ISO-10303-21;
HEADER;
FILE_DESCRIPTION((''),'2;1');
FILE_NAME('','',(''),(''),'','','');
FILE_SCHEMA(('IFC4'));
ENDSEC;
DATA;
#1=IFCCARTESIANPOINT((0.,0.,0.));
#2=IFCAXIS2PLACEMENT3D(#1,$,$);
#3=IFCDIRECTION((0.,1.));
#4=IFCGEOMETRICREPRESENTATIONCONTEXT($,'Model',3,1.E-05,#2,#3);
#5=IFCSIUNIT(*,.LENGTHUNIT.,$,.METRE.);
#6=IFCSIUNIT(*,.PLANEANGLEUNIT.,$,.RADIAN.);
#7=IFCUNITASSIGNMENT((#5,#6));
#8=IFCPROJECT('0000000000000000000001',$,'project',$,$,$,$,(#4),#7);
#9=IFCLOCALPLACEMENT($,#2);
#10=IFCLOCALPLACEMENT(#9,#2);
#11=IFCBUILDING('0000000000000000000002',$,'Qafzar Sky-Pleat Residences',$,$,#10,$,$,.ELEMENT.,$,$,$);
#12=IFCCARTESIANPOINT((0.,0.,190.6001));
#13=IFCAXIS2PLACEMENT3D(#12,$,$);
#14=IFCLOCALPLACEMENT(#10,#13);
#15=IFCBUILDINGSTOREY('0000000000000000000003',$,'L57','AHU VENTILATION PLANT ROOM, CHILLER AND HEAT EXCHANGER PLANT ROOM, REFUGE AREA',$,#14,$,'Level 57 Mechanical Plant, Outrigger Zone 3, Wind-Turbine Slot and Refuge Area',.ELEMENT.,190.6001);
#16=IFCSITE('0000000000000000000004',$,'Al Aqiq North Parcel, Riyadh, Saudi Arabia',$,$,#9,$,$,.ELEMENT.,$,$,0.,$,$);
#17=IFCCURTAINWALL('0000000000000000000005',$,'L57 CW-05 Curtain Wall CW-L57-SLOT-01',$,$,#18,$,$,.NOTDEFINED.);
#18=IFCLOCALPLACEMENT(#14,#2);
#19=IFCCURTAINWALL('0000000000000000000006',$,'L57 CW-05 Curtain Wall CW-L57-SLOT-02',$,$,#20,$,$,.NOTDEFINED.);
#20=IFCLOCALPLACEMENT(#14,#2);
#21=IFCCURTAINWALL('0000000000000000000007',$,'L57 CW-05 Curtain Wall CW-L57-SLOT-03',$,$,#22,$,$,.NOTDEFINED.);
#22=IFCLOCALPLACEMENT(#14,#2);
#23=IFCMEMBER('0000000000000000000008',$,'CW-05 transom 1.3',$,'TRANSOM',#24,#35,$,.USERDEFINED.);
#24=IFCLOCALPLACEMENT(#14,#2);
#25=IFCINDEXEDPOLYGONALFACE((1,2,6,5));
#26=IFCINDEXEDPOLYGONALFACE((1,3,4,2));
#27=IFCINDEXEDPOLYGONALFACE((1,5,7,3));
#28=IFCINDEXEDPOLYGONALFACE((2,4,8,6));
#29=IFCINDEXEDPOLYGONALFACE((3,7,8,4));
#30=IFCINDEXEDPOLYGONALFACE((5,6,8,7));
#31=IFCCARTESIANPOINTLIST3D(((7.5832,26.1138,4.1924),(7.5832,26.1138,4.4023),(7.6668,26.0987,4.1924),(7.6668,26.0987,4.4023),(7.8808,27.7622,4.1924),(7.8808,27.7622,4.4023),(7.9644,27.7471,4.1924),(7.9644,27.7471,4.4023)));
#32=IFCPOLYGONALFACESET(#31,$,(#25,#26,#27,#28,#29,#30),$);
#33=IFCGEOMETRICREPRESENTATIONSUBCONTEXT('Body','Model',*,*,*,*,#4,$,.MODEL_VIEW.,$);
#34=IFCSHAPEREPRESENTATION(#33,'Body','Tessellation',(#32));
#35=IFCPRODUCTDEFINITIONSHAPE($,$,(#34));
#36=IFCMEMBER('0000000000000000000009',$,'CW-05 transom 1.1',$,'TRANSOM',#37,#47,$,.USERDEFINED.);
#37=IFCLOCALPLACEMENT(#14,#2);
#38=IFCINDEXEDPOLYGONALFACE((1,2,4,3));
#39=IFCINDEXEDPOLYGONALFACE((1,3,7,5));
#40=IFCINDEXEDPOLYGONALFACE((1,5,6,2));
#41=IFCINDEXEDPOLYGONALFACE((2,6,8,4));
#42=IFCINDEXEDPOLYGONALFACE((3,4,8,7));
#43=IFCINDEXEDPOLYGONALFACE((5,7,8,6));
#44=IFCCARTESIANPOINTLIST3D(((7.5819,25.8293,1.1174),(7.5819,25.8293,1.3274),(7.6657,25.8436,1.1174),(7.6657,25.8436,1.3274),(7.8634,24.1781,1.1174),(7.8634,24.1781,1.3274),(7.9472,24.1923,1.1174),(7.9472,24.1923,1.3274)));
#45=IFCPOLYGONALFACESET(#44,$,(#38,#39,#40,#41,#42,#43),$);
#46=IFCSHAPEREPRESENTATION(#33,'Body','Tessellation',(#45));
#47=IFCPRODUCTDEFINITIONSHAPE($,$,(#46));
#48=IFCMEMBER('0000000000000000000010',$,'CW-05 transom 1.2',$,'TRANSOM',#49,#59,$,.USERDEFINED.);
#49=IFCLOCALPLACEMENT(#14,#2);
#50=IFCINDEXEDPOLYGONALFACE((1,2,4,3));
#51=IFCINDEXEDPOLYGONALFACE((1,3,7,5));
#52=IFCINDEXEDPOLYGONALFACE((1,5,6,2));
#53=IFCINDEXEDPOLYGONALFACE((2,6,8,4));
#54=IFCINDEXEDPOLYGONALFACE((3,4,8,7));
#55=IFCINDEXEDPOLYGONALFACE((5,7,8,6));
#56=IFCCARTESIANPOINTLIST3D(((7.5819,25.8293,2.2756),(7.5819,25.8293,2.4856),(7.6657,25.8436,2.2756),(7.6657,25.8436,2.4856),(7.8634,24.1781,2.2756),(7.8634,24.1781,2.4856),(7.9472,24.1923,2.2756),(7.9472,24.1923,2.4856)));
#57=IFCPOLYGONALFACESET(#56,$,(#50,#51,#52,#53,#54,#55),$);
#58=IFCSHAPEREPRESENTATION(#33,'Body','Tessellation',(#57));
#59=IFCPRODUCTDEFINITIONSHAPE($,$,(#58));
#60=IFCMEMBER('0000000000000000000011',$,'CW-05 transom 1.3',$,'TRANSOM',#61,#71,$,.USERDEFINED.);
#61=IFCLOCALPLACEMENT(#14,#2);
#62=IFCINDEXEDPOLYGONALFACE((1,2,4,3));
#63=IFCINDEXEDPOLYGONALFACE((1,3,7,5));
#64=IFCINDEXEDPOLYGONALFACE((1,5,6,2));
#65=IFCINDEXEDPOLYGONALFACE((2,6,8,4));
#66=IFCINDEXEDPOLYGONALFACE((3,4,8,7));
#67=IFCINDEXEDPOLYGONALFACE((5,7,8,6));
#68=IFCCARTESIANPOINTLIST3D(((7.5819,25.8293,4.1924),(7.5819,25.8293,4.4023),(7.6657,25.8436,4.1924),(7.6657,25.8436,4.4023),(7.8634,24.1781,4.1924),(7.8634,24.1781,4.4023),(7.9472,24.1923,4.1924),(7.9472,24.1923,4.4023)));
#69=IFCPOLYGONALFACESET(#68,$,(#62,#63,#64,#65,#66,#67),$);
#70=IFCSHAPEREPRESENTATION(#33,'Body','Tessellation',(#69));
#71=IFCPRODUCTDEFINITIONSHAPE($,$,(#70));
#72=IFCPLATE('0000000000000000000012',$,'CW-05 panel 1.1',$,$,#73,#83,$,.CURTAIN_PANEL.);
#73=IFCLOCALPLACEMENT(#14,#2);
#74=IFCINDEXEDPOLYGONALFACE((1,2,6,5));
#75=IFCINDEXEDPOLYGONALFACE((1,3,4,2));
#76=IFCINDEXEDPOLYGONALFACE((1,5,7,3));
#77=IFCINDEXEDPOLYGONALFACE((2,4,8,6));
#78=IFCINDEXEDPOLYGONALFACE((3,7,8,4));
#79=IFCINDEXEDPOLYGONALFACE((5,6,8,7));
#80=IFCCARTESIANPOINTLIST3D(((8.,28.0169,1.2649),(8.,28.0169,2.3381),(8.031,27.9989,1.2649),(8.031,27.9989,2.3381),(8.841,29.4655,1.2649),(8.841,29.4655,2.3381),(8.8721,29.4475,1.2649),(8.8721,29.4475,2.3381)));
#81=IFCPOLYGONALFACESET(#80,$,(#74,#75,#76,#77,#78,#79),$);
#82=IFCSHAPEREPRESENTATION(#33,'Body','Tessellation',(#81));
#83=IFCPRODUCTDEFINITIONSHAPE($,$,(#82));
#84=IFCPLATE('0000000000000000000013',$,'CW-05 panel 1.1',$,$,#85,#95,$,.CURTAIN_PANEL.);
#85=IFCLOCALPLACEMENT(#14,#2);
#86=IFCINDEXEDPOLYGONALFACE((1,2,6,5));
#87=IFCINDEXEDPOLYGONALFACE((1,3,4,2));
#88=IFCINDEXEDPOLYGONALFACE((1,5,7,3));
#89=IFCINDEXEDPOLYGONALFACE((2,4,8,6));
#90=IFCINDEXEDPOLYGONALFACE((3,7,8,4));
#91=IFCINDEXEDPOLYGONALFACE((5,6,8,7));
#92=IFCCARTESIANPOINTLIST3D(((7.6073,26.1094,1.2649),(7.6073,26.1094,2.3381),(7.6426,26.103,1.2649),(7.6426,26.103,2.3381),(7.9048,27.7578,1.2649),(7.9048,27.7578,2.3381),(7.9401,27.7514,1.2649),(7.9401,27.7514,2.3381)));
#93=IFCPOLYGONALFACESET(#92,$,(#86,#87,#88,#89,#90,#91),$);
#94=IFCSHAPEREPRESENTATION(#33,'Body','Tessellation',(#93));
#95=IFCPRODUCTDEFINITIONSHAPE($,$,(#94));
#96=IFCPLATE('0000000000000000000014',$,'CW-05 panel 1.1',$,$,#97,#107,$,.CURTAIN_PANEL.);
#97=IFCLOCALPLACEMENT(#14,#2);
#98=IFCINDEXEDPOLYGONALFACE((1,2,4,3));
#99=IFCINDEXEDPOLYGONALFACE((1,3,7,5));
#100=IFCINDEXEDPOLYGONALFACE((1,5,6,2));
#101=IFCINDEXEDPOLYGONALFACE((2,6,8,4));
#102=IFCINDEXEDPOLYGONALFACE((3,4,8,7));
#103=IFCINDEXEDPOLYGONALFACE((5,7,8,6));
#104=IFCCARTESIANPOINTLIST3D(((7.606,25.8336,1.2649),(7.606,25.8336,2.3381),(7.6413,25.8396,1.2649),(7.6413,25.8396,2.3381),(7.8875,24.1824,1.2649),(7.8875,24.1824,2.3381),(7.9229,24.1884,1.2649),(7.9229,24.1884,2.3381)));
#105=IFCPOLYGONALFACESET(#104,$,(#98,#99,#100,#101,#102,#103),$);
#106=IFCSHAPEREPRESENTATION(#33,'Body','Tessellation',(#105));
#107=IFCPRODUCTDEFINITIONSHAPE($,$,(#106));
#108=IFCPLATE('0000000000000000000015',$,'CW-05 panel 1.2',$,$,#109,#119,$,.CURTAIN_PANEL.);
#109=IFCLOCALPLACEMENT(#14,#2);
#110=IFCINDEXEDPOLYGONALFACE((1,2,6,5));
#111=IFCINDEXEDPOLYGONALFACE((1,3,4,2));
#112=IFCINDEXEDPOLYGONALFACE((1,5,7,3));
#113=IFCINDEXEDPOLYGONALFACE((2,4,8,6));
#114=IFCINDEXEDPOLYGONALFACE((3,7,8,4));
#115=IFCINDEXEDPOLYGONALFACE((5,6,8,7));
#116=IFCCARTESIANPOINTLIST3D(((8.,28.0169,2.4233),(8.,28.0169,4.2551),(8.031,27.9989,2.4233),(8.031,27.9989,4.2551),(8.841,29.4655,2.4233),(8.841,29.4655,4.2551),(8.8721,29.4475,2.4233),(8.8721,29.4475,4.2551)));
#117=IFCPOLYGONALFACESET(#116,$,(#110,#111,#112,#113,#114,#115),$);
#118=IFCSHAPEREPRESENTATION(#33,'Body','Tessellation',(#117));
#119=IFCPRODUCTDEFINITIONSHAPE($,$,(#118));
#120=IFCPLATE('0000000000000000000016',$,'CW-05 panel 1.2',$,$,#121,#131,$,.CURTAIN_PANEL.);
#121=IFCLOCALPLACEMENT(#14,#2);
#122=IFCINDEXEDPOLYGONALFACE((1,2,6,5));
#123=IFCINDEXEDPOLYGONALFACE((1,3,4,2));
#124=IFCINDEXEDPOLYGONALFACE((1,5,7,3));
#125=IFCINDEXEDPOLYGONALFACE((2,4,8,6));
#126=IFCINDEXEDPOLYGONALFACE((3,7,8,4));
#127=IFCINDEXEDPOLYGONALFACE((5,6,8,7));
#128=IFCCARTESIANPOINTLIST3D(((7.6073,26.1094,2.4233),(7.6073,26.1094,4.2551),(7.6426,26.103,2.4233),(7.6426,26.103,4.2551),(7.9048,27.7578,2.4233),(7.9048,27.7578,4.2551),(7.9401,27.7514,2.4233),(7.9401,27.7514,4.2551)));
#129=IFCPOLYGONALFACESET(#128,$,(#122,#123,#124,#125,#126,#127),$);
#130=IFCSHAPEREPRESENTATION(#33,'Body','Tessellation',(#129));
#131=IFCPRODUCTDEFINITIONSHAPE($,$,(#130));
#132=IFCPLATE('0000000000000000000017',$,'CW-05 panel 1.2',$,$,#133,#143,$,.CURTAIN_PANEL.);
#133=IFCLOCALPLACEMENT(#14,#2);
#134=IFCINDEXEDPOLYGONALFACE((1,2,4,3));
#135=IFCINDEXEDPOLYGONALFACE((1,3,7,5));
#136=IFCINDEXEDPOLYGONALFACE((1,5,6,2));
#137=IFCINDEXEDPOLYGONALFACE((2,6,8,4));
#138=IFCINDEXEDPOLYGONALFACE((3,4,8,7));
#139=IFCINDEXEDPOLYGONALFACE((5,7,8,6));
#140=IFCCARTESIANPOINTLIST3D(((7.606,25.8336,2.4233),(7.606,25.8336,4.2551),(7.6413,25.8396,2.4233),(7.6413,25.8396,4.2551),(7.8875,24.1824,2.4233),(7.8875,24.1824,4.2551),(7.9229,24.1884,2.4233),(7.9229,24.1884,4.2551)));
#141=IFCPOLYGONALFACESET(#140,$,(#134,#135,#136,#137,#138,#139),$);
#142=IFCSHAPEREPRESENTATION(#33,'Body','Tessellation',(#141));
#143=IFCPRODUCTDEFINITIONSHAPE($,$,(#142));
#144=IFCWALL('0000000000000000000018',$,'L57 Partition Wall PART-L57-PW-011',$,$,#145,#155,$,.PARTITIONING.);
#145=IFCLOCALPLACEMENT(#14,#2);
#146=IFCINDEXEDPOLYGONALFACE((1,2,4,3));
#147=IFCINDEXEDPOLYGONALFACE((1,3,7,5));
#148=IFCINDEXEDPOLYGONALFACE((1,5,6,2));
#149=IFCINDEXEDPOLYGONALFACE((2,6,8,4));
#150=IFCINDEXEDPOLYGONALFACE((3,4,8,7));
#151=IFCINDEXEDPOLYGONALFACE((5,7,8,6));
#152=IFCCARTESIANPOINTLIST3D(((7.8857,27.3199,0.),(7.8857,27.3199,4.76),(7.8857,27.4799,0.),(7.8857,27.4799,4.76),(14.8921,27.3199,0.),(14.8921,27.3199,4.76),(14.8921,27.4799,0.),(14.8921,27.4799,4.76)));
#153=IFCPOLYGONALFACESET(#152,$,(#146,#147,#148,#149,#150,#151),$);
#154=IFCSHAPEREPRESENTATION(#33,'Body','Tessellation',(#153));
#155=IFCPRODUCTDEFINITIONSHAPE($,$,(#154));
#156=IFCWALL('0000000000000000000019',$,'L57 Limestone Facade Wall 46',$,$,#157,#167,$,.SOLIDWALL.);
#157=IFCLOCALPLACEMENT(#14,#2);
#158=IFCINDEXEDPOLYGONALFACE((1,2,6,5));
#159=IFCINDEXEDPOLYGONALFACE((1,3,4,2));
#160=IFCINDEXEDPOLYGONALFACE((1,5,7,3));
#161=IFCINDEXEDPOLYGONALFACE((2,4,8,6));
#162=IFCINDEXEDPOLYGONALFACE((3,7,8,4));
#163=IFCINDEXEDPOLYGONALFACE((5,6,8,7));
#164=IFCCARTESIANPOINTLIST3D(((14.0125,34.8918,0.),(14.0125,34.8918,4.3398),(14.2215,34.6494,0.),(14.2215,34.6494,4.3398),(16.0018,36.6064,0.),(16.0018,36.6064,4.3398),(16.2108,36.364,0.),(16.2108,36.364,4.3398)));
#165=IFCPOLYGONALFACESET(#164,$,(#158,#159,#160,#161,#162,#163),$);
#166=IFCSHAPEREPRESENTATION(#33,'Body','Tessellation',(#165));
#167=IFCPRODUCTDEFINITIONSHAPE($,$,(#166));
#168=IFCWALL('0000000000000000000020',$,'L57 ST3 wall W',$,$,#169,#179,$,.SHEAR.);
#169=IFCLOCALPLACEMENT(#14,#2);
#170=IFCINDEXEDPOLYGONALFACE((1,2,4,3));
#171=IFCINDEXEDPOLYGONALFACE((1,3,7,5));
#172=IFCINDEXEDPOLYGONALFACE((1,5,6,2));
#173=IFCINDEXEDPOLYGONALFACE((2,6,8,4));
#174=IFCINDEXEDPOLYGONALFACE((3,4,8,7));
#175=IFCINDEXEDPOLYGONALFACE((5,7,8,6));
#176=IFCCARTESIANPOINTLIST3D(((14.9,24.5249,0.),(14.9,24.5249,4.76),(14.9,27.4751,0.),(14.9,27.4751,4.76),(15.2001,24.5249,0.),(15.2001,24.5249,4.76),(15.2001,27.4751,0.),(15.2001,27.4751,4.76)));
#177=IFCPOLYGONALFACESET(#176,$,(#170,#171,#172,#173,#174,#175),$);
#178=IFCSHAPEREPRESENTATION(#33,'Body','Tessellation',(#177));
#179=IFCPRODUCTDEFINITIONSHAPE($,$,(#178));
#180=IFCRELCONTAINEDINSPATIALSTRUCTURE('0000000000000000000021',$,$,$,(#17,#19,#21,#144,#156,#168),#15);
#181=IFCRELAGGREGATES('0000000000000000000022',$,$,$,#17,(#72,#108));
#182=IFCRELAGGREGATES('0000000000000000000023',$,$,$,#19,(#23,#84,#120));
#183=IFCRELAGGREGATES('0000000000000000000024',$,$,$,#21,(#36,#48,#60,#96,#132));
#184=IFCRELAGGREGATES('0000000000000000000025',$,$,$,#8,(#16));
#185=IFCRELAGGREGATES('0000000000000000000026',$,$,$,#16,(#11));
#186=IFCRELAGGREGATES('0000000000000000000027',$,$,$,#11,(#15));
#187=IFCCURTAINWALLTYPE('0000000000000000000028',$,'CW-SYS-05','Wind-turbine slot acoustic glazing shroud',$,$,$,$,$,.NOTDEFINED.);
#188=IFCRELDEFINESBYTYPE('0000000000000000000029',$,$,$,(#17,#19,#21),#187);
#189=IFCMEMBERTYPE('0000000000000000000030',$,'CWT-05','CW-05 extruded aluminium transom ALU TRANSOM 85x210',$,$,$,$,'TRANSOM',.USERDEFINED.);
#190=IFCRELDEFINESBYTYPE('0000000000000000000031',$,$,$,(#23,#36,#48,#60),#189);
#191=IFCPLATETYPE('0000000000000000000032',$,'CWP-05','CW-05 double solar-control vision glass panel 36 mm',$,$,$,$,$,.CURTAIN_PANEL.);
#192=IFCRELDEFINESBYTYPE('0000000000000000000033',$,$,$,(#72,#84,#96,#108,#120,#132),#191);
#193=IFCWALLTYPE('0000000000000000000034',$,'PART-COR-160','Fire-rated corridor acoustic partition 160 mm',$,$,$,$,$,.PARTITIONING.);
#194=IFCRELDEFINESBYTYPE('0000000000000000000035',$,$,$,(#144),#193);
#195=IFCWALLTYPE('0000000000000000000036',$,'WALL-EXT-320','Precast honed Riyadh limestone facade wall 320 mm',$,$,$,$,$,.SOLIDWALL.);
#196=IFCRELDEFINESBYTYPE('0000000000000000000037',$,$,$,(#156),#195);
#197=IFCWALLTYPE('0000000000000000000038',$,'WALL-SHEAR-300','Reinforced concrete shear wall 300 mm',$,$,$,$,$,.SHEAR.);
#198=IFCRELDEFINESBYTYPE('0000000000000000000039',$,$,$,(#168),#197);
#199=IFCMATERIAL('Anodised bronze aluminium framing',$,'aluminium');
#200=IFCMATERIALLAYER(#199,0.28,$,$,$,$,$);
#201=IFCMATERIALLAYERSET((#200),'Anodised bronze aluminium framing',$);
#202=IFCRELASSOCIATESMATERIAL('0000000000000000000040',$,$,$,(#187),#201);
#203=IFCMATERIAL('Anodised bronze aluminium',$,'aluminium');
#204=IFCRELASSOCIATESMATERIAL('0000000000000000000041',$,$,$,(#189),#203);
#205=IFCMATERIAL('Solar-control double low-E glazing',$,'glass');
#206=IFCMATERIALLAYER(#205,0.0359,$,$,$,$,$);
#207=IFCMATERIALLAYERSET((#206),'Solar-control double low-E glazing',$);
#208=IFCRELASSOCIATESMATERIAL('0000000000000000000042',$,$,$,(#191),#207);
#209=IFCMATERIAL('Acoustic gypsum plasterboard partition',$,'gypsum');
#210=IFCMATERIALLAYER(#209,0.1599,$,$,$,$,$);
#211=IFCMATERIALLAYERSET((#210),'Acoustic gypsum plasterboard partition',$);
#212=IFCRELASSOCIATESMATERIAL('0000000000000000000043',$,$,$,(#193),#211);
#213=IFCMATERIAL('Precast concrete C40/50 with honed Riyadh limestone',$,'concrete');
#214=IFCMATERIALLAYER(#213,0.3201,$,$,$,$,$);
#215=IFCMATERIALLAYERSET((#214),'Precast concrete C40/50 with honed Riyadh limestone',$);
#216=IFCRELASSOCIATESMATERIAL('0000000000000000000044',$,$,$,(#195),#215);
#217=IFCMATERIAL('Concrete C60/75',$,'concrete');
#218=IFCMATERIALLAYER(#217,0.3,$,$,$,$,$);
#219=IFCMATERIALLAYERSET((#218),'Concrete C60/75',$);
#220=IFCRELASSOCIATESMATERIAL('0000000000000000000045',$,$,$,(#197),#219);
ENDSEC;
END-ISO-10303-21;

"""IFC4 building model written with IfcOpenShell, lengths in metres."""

from ifc_helpers import new_model, si_unit, direction, frame, frame_2d, origin, origin_2d, place, context, subcontext, project, spatial, rectangle, extrude, source, transform, mapped, material, layer, layer_set, material_profile, profile_set, type_object, element, aggregate, save


model = new_model("IFC4")

# Units and contexts
model_context = context("Model", 3, precision=1e-05, world=origin(), true_north=direction((0.0, 1.0)))
body_context = subcontext(model_context, "Body", "Model", "MODEL_VIEW")
ifc_project = project(units=[si_unit("LENGTHUNIT", "METRE"), si_unit("PLANEANGLEUNIT", "RADIAN")], contexts=[model_context])

# Site, building, storey
site_placement = place(None, origin())
site = spatial("IfcSite", under=ifc_project, at=site_placement, Name="Al Aqiq North Parcel, Riyadh, Saudi Arabia", CompositionType="ELEMENT", RefElevation=0.0)
building_placement = place(site_placement, origin())
building = spatial("IfcBuilding", under=site, at=building_placement, Name="Qafzar Sky-Pleat Residences", CompositionType="ELEMENT")
storey_placement = place(building_placement, frame((0.0, 0.0, 190.6001)))
storey = spatial("IfcBuildingStorey", under=building, at=storey_placement, Name="L57", Description="AHU VENTILATION PLANT ROOM, CHILLER AND HEAT EXCHANGER PLANT ROOM, REFUGE AREA", LongName="Level 57 Mechanical Plant, Outrigger Zone 3, Wind-Turbine Slot and Refuge Area", CompositionType="ELEMENT", Elevation=190.6001)

# Shared definitions
ifc_material_1 = material(Name="Concrete C60/75", Category="concrete")

# Curtain walls
ifc_material_2 = material(Name="Anodised bronze aluminium framing", Category="aluminium")
ifc_layer_1 = layer(ifc_material_2, 0.28)
ifc_layer_set_1 = layer_set([ifc_layer_1], Name="Anodised bronze aluminium framing")
curtain_wall_type = type_object("IfcCurtainWallType", Name="CW-SYS-05", Description="Wind-turbine slot acoustic glazing shroud", PredefinedType="NOTDEFINED", material=ifc_layer_set_1)
curtain_wall_1_placement = place(storey_placement, origin())
curtain_wall_1 = element("IfcCurtainWall", 1, at=curtain_wall_1_placement, inside=storey, type_object=curtain_wall_type, Name="L57 CW-05 Curtain Wall CW-L57-SLOT-01", PredefinedType="NOTDEFINED")
ifc_material_3 = material(Name="Anodised bronze aluminium", Category="aluminium")
curtain_wall_2_placement = place(storey_placement, origin())
curtain_wall_2 = element("IfcCurtainWall", 2, at=curtain_wall_2_placement, inside=storey, type_object=curtain_wall_type, Name="L57 CW-05 Curtain Wall CW-L57-SLOT-02", PredefinedType="NOTDEFINED")

# Curtain wall
curtain_wall_3_placement = place(storey_placement, origin())
curtain_wall_3 = element("IfcCurtainWall", 3, at=curtain_wall_3_placement, inside=storey, type_object=curtain_wall_type, Name="L57 CW-05 Curtain Wall CW-L57-SLOT-03", PredefinedType="NOTDEFINED")

# Members
ifc_material_profile_1 = material_profile(ifc_material_3, rectangle(XDim=0.085, YDim=0.21, at=origin_2d()), Name="ALU TRANSOM 85x210")
ifc_profile_set_1 = profile_set([ifc_material_profile_1], Name="Anodised bronze aluminium")
member_type_1 = type_object("IfcMemberType", Name="CWT-05", Description="CW-05 extruded aluminium transom ALU TRANSOM 85x210", ElementType="TRANSOM", PredefinedType="USERDEFINED", material=ifc_profile_set_1)
shared_shape_1 = source(origin(), body_context, "Body", "SweptSolid", [
    extrude(rectangle(XDim=0.085, YDim=0.21, at=origin_2d()), origin(), (0.0, 0.0, 1.0), 1.675),
])
member_1_placement = place(storey_placement, frame((7.9226, 27.7546, 4.2974), z_axis=(-0.177667, -0.984091, 0.0), x_axis=(0.984091, -0.177667, 0.0)))
member_1 = element("IfcMember", 4, at=member_1_placement, type_object=member_type_1, Name="CW-05 transom 1.3", ObjectType="TRANSOM", PredefinedType="USERDEFINED", context=body_context, shape_type="MappedRepresentation", body=[
    mapped(shared_shape_1, transform((0.0, 0.0, 0.0), x_axis=(1.0, 0.0, 0.0), y_axis=(0.0, 1.0, 0.0), z_axis=(0.0, 0.0, 1.0), scale=1.0)),
])
member_2_placement = place(storey_placement, frame((7.6238, 25.8364, 1.2224), z_axis=(0.168062, -0.985777, 0.0), x_axis=(0.985777, 0.168062, 0.0)))
member_2 = element("IfcMember", 5, at=member_2_placement, type_object=member_type_1, Name="CW-05 transom 1.1", ObjectType="TRANSOM", PredefinedType="USERDEFINED", context=body_context, shape_type="MappedRepresentation", body=[
    mapped(shared_shape_1, transform((0.0, 0.0, 0.0), x_axis=(1.0, 0.0, 0.0), y_axis=(0.0, 1.0, 0.0), z_axis=(0.0, 0.0, 1.0), scale=1.0)),
])
member_3_placement = place(storey_placement, frame((7.6238, 25.8364, 2.3806), z_axis=(0.168062, -0.985777, 0.0), x_axis=(0.985777, 0.168062, 0.0)))
member_3 = element("IfcMember", 6, at=member_3_placement, type_object=member_type_1, Name="CW-05 transom 1.2", ObjectType="TRANSOM", PredefinedType="USERDEFINED", context=body_context, shape_type="MappedRepresentation", body=[
    mapped(shared_shape_1, transform((0.0, 0.0, 0.0), x_axis=(1.0, 0.0, 0.0), y_axis=(0.0, 1.0, 0.0), z_axis=(0.0, 0.0, 1.0), scale=1.0)),
])
member_4_placement = place(storey_placement, frame((7.6238, 25.8364, 4.2974), z_axis=(0.168062, -0.985777, 0.0), x_axis=(0.985777, 0.168062, 0.0)))
member_4 = element("IfcMember", 7, at=member_4_placement, type_object=member_type_1, Name="CW-05 transom 1.3", ObjectType="TRANSOM", PredefinedType="USERDEFINED", context=body_context, shape_type="MappedRepresentation", body=[
    mapped(shared_shape_1, transform((0.0, 0.0, 0.0), x_axis=(1.0, 0.0, 0.0), y_axis=(0.0, 1.0, 0.0), z_axis=(0.0, 0.0, 1.0), scale=1.0)),
])

# Plates
ifc_material_4 = material(Name="Solar-control double low-E glazing", Category="glass")
ifc_layer_2 = layer(ifc_material_4, 0.0359)
ifc_layer_set_2 = layer_set([ifc_layer_2], Name="Solar-control double low-E glazing")
plate_type = type_object("IfcPlateType", Name="CWP-05", Description="CW-05 double solar-control vision glass panel 36 mm", PredefinedType="CURTAIN_PANEL", material=ifc_layer_set_2)
shared_shape_2 = source(origin(), body_context, "Body", "SweptSolid", [
    extrude(rectangle(XDim=1.675, YDim=0.0359, at=origin_2d()), origin(), (0.0, 0.0, 1.0), 1.0732),
])
plate_1_placement = place(storey_placement, frame((8.436, 28.7322, 1.2649), z_axis=(0.0, 0.0, 1.0), x_axis=(-0.502104, -0.864807, 0.0)))
plate_1 = element("IfcPlate", 8, at=plate_1_placement, type_object=plate_type, Name="CW-05 panel 1.1", PredefinedType="CURTAIN_PANEL", context=body_context, shape_type="MappedRepresentation", body=[
    mapped(shared_shape_2, transform((0.0, 0.0, 0.0), x_axis=(1.0, 0.0, 0.0), y_axis=(0.0, 1.0, 0.0), z_axis=(0.0, 0.0, 1.0), scale=1.0)),
])
plate_2_placement = place(storey_placement, frame((7.7737, 26.9304, 1.2649), z_axis=(0.0, 0.0, 1.0), x_axis=(-0.177621, -0.984099, 0.0)))
plate_2 = element("IfcPlate", 9, at=plate_2_placement, type_object=plate_type, Name="CW-05 panel 1.1", PredefinedType="CURTAIN_PANEL", context=body_context, shape_type="MappedRepresentation", body=[
    mapped(shared_shape_2, transform((0.0, 0.0, 0.0), x_axis=(1.0, 0.0, 0.0), y_axis=(0.0, 1.0, 0.0), z_axis=(0.0, 0.0, 1.0), scale=1.0)),
])
plate_3_placement = place(storey_placement, frame((7.7644, 25.011, 1.2649), z_axis=(0.0, 0.0, 1.0), x_axis=(0.168072, -0.985775, 0.0)))
plate_3 = element("IfcPlate", 10, at=plate_3_placement, type_object=plate_type, Name="CW-05 panel 1.1", PredefinedType="CURTAIN_PANEL", context=body_context, shape_type="MappedRepresentation", body=[
    mapped(shared_shape_2, transform((0.0, 0.0, 0.0), x_axis=(1.0, 0.0, 0.0), y_axis=(0.0, 1.0, 0.0), z_axis=(0.0, 0.0, 1.0), scale=1.0)),
])
shared_shape_3 = source(origin(), body_context, "Body", "SweptSolid", [
    extrude(rectangle(XDim=1.675, YDim=0.0359, at=origin_2d()), origin(), (0.0, 0.0, 1.0), 1.8318),
])
plate_4_placement = place(storey_placement, frame((8.436, 28.7322, 2.4233), z_axis=(0.0, 0.0, 1.0), x_axis=(-0.502104, -0.864807, 0.0)))
plate_4 = element("IfcPlate", 11, at=plate_4_placement, type_object=plate_type, Name="CW-05 panel 1.2", PredefinedType="CURTAIN_PANEL", context=body_context, shape_type="MappedRepresentation", body=[
    mapped(shared_shape_3, transform((0.0, 0.0, 0.0), x_axis=(1.0, 0.0, 0.0), y_axis=(0.0, 1.0, 0.0), z_axis=(0.0, 0.0, 1.0), scale=1.0)),
])
aggregate(curtain_wall_1, [plate_1, plate_4])
plate_5_placement = place(storey_placement, frame((7.7737, 26.9304, 2.4233), z_axis=(0.0, 0.0, 1.0), x_axis=(-0.177621, -0.984099, 0.0)))
plate_5 = element("IfcPlate", 12, at=plate_5_placement, type_object=plate_type, Name="CW-05 panel 1.2", PredefinedType="CURTAIN_PANEL", context=body_context, shape_type="MappedRepresentation", body=[
    mapped(shared_shape_3, transform((0.0, 0.0, 0.0), x_axis=(1.0, 0.0, 0.0), y_axis=(0.0, 1.0, 0.0), z_axis=(0.0, 0.0, 1.0), scale=1.0)),
])
aggregate(curtain_wall_2, [member_1, plate_2, plate_5])
plate_6_placement = place(storey_placement, frame((7.7644, 25.011, 2.4233), z_axis=(0.0, 0.0, 1.0), x_axis=(0.168072, -0.985775, 0.0)))
plate_6 = element("IfcPlate", 13, at=plate_6_placement, type_object=plate_type, Name="CW-05 panel 1.2", PredefinedType="CURTAIN_PANEL", context=body_context, shape_type="MappedRepresentation", body=[
    mapped(shared_shape_3, transform((0.0, 0.0, 0.0), x_axis=(1.0, 0.0, 0.0), y_axis=(0.0, 1.0, 0.0), z_axis=(0.0, 0.0, 1.0), scale=1.0)),
])
aggregate(curtain_wall_3, [member_2, member_3, member_4, plate_3, plate_6])

# Walls
ifc_material_5 = material(Name="Acoustic gypsum plasterboard partition", Category="gypsum")
ifc_layer_3 = layer(ifc_material_5, 0.1599)
ifc_layer_set_3 = layer_set([ifc_layer_3], Name="Acoustic gypsum plasterboard partition")
wall_type_1 = type_object("IfcWallType", Name="PART-COR-160", Description="Fire-rated corridor acoustic partition 160 mm", PredefinedType="PARTITIONING", material=ifc_layer_set_3)
wall_1_placement = place(storey_placement, frame((7.8857, 27.3999, 0.0), z_axis=(0.0, 0.0, 1.0), x_axis=(1.0, 0.0, 0.0)))
element("IfcWall", 14, at=wall_1_placement, inside=storey, type_object=wall_type_1, Name="L57 Partition Wall PART-L57-PW-011", PredefinedType="PARTITIONING", context=body_context, shape_type="SweptSolid", body=[
    extrude(rectangle(XDim=7.0063, YDim=0.1599, at=frame_2d((3.5032, 0.0))), origin(), (0.0, 0.0, 1.0), 4.76),
])
ifc_material_6 = material(Name="Precast concrete C40/50 with honed Riyadh limestone", Category="concrete")
ifc_layer_4 = layer(ifc_material_6, 0.3201)
ifc_layer_set_4 = layer_set([ifc_layer_4], Name="Precast concrete C40/50 with honed Riyadh limestone")
wall_type_2 = type_object("IfcWallType", Name="WALL-EXT-320", Description="Precast honed Riyadh limestone facade wall 320 mm", PredefinedType="SOLIDWALL", material=ifc_layer_set_4)
wall_2_placement = place(storey_placement, frame((16.1062, 36.4851, 0.0), z_axis=(0.0, 0.0, 1.0), x_axis=(-0.757462, -0.652879, 0.0)))
element("IfcWall", 15, at=wall_2_placement, inside=storey, type_object=wall_type_2, Name="L57 Limestone Facade Wall 46", PredefinedType="SOLIDWALL", context=body_context, shape_type="SweptSolid", body=[
    extrude(rectangle(XDim=2.6262, YDim=0.3201, at=frame_2d((1.313, 0.0))), origin(), (0.0, 0.0, 1.0), 4.3398),
])
ifc_layer_5 = layer(ifc_material_1, 0.3)
ifc_layer_set_5 = layer_set([ifc_layer_5], Name="Concrete C60/75")
wall_type_3 = type_object("IfcWallType", Name="WALL-SHEAR-300", Description="Reinforced concrete shear wall 300 mm", PredefinedType="SHEAR", material=ifc_layer_set_5)
wall_3_placement = place(storey_placement, frame((15.05, 27.4751, 0.0), z_axis=(0.0, 0.0, 1.0), x_axis=(0.0, -1.0, 0.0)))
element("IfcWall", 16, at=wall_3_placement, inside=storey, type_object=wall_type_3, Name="L57 ST3 wall W", PredefinedType="SHEAR", context=body_context, shape_type="SweptSolid", body=[
    extrude(rectangle(XDim=2.9502, YDim=0.3, at=frame_2d((1.4751, 0.0))), origin(), (0.0, 0.0, 1.0), 4.76),
])

save(model, "model.ifc")
